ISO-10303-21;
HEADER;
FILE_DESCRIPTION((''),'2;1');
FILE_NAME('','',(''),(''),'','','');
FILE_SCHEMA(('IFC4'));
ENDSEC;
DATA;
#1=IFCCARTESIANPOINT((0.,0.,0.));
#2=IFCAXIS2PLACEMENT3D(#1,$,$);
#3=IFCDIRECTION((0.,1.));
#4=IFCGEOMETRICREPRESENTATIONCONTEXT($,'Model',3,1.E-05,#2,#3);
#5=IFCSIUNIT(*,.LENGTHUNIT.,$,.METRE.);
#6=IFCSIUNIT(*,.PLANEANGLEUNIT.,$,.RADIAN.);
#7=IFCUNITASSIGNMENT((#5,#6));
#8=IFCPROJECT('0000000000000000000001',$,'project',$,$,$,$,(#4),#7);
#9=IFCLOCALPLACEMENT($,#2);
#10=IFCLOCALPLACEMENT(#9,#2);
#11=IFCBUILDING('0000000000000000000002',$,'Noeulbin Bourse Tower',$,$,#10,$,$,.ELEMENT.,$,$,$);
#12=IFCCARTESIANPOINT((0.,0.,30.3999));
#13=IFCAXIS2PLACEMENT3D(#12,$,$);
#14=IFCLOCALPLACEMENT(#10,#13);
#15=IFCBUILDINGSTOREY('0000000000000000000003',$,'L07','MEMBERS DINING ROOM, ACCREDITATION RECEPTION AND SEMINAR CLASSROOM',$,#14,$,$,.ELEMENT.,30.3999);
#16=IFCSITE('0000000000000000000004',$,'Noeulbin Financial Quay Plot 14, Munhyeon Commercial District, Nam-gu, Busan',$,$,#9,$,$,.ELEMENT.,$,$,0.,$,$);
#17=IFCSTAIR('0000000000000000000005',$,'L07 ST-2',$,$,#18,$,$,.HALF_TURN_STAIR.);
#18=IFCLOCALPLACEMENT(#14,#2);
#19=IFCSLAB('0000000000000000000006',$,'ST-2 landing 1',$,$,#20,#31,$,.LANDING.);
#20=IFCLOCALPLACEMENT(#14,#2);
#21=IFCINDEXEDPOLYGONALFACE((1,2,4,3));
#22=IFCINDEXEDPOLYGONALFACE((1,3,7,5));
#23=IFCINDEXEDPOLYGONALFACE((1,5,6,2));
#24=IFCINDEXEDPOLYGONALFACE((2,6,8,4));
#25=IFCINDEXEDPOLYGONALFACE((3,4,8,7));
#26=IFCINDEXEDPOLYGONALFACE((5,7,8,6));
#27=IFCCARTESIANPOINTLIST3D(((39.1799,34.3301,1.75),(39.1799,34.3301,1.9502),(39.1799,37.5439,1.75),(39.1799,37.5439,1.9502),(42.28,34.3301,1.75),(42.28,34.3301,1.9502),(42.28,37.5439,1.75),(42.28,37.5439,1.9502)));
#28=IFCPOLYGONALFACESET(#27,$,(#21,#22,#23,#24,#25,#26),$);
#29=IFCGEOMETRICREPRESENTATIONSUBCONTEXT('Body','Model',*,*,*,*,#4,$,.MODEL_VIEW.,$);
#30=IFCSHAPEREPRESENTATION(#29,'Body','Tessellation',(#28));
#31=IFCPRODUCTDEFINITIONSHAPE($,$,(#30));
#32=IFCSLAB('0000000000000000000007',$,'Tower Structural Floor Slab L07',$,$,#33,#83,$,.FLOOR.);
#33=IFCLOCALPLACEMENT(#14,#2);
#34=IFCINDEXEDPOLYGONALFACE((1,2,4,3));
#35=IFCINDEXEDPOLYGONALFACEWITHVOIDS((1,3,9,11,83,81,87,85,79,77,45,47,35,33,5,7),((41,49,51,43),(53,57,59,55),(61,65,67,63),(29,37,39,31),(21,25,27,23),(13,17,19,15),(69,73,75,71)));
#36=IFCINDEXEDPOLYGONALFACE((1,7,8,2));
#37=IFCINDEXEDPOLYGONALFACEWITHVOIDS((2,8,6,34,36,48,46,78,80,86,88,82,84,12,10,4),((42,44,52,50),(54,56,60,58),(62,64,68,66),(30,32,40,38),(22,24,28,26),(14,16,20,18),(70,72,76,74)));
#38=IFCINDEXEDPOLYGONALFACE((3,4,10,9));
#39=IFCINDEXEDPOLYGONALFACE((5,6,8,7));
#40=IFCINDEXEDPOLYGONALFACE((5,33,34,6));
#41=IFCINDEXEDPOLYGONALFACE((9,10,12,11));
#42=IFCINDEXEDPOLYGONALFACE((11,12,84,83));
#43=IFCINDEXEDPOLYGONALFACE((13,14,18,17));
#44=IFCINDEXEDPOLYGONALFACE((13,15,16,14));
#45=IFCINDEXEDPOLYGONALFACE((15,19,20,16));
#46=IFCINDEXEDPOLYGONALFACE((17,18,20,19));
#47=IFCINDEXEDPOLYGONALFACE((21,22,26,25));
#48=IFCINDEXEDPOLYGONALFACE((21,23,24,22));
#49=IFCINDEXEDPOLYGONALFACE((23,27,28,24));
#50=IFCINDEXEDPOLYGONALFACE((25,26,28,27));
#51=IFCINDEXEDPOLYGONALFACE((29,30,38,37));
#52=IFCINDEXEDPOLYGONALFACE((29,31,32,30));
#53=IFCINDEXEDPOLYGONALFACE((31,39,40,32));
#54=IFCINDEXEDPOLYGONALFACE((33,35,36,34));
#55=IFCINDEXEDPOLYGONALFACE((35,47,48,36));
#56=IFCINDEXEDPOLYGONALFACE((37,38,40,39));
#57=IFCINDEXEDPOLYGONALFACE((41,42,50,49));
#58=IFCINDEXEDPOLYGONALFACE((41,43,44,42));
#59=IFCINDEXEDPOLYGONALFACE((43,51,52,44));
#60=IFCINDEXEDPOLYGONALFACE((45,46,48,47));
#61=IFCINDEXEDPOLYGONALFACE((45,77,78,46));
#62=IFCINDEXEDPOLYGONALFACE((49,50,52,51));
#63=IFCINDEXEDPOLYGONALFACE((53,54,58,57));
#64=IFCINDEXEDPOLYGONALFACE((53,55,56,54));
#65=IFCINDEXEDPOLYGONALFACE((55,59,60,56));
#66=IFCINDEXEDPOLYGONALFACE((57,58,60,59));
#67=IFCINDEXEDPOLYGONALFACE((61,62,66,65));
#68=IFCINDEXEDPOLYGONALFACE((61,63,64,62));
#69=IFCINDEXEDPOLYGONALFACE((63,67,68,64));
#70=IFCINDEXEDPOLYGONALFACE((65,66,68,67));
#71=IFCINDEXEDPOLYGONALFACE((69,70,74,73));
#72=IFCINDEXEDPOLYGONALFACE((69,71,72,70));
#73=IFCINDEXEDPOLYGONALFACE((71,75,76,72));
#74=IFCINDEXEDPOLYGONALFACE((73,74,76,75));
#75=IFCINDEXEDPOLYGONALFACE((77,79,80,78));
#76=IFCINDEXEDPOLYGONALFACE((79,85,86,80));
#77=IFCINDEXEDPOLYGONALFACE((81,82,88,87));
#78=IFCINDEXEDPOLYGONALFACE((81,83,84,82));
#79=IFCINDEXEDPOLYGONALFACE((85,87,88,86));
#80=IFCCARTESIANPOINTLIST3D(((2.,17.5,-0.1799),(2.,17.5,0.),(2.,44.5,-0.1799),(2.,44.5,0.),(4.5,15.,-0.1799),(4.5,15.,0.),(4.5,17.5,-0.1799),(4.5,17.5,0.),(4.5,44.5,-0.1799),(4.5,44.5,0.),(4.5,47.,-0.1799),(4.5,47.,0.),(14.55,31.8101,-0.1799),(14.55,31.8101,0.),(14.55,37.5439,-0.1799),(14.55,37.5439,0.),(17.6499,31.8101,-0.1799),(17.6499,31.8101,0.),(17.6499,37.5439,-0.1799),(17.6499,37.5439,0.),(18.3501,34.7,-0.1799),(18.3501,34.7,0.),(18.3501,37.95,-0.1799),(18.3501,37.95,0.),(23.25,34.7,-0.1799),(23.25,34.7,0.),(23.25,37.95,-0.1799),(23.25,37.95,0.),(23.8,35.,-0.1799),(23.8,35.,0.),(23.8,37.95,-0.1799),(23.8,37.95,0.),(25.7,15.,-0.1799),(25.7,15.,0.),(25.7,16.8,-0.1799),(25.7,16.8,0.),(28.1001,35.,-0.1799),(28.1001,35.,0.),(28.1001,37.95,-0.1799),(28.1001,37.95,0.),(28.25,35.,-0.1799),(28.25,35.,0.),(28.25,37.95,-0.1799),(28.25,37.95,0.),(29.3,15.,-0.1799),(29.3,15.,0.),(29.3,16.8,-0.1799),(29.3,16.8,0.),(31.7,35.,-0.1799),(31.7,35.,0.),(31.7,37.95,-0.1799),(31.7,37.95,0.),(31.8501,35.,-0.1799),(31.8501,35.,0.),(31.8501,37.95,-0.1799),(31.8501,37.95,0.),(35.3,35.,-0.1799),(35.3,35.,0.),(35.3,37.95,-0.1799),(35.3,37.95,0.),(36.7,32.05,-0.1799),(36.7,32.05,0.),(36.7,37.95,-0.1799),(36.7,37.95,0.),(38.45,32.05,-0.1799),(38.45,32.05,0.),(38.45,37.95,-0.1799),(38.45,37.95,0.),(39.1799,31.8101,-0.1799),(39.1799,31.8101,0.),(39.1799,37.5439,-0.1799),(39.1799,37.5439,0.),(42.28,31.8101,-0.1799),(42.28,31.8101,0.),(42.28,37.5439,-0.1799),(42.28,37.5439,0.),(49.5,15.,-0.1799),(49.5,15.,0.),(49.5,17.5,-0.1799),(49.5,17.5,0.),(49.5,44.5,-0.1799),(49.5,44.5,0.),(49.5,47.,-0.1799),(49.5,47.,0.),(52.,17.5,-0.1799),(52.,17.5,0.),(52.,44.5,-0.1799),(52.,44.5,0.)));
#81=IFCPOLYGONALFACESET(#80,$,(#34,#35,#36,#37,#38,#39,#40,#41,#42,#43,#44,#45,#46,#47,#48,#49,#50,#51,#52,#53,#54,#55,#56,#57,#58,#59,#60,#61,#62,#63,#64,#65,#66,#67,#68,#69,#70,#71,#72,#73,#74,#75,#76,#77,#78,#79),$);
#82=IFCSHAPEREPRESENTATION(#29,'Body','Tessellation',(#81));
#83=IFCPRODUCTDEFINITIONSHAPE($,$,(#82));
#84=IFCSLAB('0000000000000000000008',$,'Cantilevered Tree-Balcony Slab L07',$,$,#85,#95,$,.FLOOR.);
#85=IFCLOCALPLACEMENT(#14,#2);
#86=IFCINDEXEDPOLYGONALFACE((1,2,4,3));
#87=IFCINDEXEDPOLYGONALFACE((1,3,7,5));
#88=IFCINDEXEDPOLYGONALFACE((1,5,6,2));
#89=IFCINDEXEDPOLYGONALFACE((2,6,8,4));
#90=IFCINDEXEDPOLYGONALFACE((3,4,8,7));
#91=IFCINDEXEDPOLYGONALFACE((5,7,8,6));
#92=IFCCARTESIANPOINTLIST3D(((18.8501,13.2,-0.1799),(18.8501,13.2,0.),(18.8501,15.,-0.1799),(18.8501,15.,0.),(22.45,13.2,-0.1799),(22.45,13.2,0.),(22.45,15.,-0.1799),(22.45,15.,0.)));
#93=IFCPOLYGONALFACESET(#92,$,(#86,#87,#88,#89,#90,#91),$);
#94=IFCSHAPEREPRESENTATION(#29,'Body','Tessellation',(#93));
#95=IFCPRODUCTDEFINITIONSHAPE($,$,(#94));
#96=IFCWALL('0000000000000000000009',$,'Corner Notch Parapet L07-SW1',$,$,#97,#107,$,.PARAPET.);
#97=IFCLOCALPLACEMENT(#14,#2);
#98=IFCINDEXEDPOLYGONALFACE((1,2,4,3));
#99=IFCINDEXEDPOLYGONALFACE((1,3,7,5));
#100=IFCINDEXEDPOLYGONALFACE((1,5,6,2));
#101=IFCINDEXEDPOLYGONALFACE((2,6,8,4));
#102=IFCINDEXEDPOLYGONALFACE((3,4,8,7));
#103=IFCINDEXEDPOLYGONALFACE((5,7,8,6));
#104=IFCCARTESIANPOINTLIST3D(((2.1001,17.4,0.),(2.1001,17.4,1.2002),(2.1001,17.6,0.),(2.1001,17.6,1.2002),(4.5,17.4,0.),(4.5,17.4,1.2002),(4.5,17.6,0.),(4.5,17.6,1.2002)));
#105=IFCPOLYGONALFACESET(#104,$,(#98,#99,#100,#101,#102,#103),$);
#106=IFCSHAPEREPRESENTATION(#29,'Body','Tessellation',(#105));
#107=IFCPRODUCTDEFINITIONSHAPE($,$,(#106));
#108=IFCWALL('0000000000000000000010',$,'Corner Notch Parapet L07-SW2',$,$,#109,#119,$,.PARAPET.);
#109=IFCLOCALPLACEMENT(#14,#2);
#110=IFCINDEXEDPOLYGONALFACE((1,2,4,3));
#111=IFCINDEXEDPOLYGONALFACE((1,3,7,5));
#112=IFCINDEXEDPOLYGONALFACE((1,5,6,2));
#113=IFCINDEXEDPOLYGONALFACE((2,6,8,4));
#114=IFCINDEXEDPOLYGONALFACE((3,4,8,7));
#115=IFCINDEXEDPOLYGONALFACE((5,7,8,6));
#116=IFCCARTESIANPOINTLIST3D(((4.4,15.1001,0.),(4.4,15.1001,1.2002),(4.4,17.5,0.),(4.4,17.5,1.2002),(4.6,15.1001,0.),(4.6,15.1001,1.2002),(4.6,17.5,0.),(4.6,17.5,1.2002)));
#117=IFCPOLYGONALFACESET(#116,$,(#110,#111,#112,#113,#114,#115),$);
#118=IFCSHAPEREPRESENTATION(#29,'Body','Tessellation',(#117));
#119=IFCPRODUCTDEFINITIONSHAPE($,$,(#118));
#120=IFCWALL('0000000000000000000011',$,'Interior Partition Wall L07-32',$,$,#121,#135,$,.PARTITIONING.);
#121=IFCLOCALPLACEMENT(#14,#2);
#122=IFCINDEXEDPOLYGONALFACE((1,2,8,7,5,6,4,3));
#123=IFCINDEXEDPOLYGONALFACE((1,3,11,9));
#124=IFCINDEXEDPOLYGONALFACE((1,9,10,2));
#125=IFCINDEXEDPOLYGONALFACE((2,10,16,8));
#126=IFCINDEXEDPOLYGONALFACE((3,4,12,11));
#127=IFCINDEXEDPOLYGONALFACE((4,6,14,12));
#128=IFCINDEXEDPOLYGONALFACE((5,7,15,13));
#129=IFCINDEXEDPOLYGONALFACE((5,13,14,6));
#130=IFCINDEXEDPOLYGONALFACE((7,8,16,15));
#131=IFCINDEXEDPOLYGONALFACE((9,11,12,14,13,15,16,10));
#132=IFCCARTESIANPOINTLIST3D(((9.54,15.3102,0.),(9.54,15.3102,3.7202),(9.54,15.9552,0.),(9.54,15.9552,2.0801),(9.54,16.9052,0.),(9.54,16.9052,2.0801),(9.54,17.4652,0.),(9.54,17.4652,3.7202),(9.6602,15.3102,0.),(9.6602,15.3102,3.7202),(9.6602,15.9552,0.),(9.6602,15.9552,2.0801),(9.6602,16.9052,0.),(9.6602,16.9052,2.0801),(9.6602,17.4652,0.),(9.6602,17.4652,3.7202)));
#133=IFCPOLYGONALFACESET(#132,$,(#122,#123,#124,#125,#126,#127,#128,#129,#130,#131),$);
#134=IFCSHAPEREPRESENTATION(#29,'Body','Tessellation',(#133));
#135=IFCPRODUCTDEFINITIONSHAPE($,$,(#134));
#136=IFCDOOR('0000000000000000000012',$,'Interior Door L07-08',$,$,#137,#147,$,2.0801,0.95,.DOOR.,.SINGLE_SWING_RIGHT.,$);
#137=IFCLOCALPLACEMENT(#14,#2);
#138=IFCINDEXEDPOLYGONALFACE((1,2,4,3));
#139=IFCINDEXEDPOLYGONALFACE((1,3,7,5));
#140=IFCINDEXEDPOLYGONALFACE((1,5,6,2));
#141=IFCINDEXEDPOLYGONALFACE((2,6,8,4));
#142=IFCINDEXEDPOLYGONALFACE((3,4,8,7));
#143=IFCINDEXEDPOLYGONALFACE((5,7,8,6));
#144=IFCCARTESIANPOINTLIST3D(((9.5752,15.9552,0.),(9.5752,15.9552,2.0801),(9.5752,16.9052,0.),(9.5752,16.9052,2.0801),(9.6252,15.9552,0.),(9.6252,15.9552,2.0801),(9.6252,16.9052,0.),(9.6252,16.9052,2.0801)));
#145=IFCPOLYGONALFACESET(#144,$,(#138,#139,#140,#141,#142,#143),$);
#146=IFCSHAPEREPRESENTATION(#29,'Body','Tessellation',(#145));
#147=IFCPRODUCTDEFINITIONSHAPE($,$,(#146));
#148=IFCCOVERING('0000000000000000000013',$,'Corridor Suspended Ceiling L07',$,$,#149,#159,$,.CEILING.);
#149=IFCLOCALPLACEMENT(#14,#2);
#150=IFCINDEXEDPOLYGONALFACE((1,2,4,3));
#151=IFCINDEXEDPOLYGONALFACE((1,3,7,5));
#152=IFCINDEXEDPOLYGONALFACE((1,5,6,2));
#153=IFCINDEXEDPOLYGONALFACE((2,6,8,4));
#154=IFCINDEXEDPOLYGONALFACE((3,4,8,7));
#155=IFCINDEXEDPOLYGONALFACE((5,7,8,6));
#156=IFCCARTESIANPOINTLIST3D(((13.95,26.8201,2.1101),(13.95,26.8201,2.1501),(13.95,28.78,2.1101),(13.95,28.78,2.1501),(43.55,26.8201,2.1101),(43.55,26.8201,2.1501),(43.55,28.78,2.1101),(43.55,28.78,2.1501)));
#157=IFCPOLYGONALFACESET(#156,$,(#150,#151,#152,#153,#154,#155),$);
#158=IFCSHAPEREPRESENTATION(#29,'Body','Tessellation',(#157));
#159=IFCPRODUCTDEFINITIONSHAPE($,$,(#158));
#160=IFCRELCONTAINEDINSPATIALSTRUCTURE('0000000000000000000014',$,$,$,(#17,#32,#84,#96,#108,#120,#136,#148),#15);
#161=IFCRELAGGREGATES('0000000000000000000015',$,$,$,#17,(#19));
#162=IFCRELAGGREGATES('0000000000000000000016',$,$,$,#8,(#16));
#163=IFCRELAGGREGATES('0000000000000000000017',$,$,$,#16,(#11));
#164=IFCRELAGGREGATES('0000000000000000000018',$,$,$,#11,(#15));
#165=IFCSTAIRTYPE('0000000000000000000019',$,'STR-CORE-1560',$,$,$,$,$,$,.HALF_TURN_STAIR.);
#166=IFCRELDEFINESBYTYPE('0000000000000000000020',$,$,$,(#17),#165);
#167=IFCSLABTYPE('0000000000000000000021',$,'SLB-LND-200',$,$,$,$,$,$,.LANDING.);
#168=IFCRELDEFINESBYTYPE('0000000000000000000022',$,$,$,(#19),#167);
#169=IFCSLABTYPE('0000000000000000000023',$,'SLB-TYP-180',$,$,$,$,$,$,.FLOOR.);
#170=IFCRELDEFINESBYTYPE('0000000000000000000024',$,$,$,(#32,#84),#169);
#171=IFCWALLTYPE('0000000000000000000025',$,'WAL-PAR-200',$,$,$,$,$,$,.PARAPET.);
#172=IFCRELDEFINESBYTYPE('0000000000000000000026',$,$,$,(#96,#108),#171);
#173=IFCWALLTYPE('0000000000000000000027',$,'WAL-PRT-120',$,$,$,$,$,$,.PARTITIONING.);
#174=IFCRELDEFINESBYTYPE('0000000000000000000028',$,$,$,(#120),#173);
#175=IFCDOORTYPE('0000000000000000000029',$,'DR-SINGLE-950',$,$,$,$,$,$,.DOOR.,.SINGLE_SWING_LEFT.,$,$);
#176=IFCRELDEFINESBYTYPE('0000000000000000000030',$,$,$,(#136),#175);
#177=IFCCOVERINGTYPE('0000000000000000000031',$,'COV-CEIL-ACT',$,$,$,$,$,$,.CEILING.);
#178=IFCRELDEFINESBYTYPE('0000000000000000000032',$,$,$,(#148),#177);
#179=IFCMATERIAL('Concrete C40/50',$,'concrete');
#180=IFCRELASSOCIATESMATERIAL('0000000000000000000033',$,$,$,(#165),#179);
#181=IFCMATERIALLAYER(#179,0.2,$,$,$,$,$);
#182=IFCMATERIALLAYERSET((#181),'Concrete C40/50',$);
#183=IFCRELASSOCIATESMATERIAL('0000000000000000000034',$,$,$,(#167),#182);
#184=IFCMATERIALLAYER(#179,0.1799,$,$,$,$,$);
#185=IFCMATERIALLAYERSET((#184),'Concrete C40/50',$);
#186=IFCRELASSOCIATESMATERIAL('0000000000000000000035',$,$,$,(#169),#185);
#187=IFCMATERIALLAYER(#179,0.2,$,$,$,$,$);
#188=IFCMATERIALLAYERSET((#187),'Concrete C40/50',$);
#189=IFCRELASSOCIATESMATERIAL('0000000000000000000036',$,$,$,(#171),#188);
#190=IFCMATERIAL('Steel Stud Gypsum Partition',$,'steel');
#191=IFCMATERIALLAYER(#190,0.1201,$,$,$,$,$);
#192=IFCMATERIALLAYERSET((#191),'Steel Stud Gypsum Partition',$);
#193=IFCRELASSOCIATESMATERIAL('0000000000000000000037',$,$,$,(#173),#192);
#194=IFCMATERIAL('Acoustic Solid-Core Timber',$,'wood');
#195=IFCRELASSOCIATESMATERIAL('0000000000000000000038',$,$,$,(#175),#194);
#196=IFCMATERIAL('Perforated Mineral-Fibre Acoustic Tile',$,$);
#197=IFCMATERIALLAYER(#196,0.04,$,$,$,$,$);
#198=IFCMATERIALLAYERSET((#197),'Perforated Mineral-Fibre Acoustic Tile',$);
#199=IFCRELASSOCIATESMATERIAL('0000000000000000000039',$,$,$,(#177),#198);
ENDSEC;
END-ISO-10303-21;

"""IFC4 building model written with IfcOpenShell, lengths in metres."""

from ifc_helpers import new_model, si_unit, direction, frame, frame_2d, origin, place, context, subcontext, project, spatial, polyline, rectangle, outline, extrude, material, layer, layer_set, type_object, element, fill, aggregate, save


model = new_model("IFC4")

# Units and contexts
model_context = context("Model", 3, precision=1e-05, world=origin(), true_north=direction((0.0, 1.0)))
body_context = subcontext(model_context, "Body", "Model", "MODEL_VIEW")
ifc_project = project(units=[si_unit("LENGTHUNIT", "METRE"), si_unit("PLANEANGLEUNIT", "RADIAN")], contexts=[model_context])

# Site, building, storey
site_placement = place(None, origin())
site = spatial("IfcSite", under=ifc_project, at=site_placement, Name="Noeulbin Financial Quay Plot 14, Munhyeon Commercial District, Nam-gu, Busan", CompositionType="ELEMENT", RefElevation=0.0)
building_placement = place(site_placement, origin())
building = spatial("IfcBuilding", under=site, at=building_placement, Name="Noeulbin Bourse Tower", CompositionType="ELEMENT")
storey_placement = place(building_placement, frame((0.0, 0.0, 30.3999)))
storey = spatial("IfcBuildingStorey", under=building, at=storey_placement, Name="L07", Description="MEMBERS DINING ROOM, ACCREDITATION RECEPTION AND SEMINAR CLASSROOM", CompositionType="ELEMENT", Elevation=30.3999)

# Stair, slab
ifc_material_1 = material(Name="Concrete C40/50", Category="concrete")
stair_type = type_object("IfcStairType", Name="STR-CORE-1560", PredefinedType="HALF_TURN_STAIR", material=ifc_material_1)
ifc_layer_1 = layer(ifc_material_1, 0.2)
ifc_layer_set_1 = layer_set([ifc_layer_1], Name="Concrete C40/50")
slab_type_1 = type_object("IfcSlabType", Name="SLB-LND-200", PredefinedType="LANDING", material=ifc_layer_set_1)
stair_1_placement = place(storey_placement, origin())
stair_1 = element("IfcStair", 1, at=stair_1_placement, inside=storey, type_object=stair_type, Name="L07 ST-2", PredefinedType="HALF_TURN_STAIR")
slab_1_placement = place(storey_placement, frame((0.0, 0.0, 1.75)))
slab_1 = element("IfcSlab", 2, at=slab_1_placement, type_object=slab_type_1, Name="ST-2 landing 1", PredefinedType="LANDING", context=body_context, shape_type="SweptSolid", body=[
    extrude(outline(polyline([(42.28, 34.3301), (42.28, 37.5439), (39.1799, 37.5439), (39.1799, 34.3301), (42.28, 34.3301)])), origin(), (0.0, 0.0, 1.0), 0.2002),
])
aggregate(stair_1, [slab_1])

# Slab, openings
ifc_layer_2 = layer(ifc_material_1, 0.1799)
ifc_layer_set_2 = layer_set([ifc_layer_2], Name="Concrete C40/50")
slab_type_2 = type_object("IfcSlabType", Name="SLB-TYP-180", PredefinedType="FLOOR", material=ifc_layer_set_2)
slab_2_placement = place(storey_placement, frame((0.0, 0.0, -0.1799)))
slab_2 = element("IfcSlab", 3, at=slab_2_placement, inside=storey, type_object=slab_type_2, Name="Tower Structural Floor Slab L07", PredefinedType="FLOOR", context=body_context, shape_type="SweptSolid", body=[
    extrude(outline(polyline([(4.5, 15.0), (25.7, 15.0), (25.7, 16.8), (29.3, 16.8), (29.3, 15.0), (49.5, 15.0), (49.5, 17.5), (52.0, 17.5), (52.0, 44.5), (49.5, 44.5), (49.5, 47.0), (4.5, 47.0), (4.5, 44.5), (2.0, 44.5), (2.0, 17.5), (4.5, 17.5), (4.5, 15.0)]), holes=[polyline([(17.6499, 31.8101), (17.6499, 37.5439), (14.55, 37.5439), (14.55, 31.8101), (17.6499, 31.8101)]), polyline([(42.28, 31.8101), (42.28, 37.5439), (39.1799, 37.5439), (39.1799, 31.8101), (42.28, 31.8101)]), polyline([(18.3501, 34.7), (23.25, 34.7), (23.25, 37.95), (18.3501, 37.95), (18.3501, 34.7)]), polyline([(36.7, 32.05), (38.45, 32.05), (38.45, 37.95), (36.7, 37.95), (36.7, 32.05)]), polyline([(23.8, 35.0), (28.1001, 35.0), (28.1001, 37.95), (23.8, 37.95), (23.8, 35.0)]), polyline([(28.25, 35.0), (31.7, 35.0), (31.7, 37.95), (28.25, 37.95), (28.25, 35.0)]), polyline([(31.8501, 35.0), (35.3, 35.0), (35.3, 37.95), (31.8501, 37.95), (31.8501, 35.0)])]), origin(), (0.0, 0.0, 1.0), 0.1799),
])
opening_1_placement = place(slab_2_placement, frame((0.0, 0.0, -0.01)))
element("IfcOpeningElement", 4, at=opening_1_placement, cuts=slab_2, PredefinedType="OPENING", context=body_context, shape_type="SweptSolid", body=[
    extrude(outline(polyline([(17.6499, 31.8101), (17.6499, 37.5439), (14.55, 37.5439), (14.55, 31.8101), (17.6499, 31.8101)])), origin(), (0.0, 0.0, 1.0), 0.2),
])
opening_2_placement = place(slab_2_placement, frame((0.0, 0.0, -0.01)))
element("IfcOpeningElement", 5, at=opening_2_placement, cuts=slab_2, PredefinedType="OPENING", context=body_context, shape_type="SweptSolid", body=[
    extrude(outline(polyline([(42.28, 31.8101), (42.28, 37.5439), (39.1799, 37.5439), (39.1799, 31.8101), (42.28, 31.8101)])), origin(), (0.0, 0.0, 1.0), 0.2),
])
opening_3_placement = place(slab_2_placement, frame((0.0, 0.0, -0.01)))
element("IfcOpeningElement", 6, at=opening_3_placement, cuts=slab_2, PredefinedType="OPENING", context=body_context, shape_type="SweptSolid", body=[
    extrude(outline(polyline([(18.3501, 34.7), (23.25, 34.7), (23.25, 37.95), (18.3501, 37.95), (18.3501, 34.7)])), origin(), (0.0, 0.0, 1.0), 0.2),
])
opening_4_placement = place(slab_2_placement, frame((0.0, 0.0, -0.01)))
element("IfcOpeningElement", 7, at=opening_4_placement, cuts=slab_2, PredefinedType="OPENING", context=body_context, shape_type="SweptSolid", body=[
    extrude(outline(polyline([(36.7, 32.05), (38.45, 32.05), (38.45, 37.95), (36.7, 37.95), (36.7, 32.05)])), origin(), (0.0, 0.0, 1.0), 0.2),
])
opening_5_placement = place(slab_2_placement, frame((0.0, 0.0, -0.01)))
element("IfcOpeningElement", 8, at=opening_5_placement, cuts=slab_2, PredefinedType="OPENING", context=body_context, shape_type="SweptSolid", body=[
    extrude(outline(polyline([(23.8, 35.0), (28.1001, 35.0), (28.1001, 37.95), (23.8, 37.95), (23.8, 35.0)])), origin(), (0.0, 0.0, 1.0), 0.2),
])
opening_6_placement = place(slab_2_placement, frame((0.0, 0.0, -0.01)))
element("IfcOpeningElement", 9, at=opening_6_placement, cuts=slab_2, PredefinedType="OPENING", context=body_context, shape_type="SweptSolid", body=[
    extrude(outline(polyline([(28.25, 35.0), (31.7, 35.0), (31.7, 37.95), (28.25, 37.95), (28.25, 35.0)])), origin(), (0.0, 0.0, 1.0), 0.2),
])
opening_7_placement = place(slab_2_placement, frame((0.0, 0.0, -0.01)))
element("IfcOpeningElement", 10, at=opening_7_placement, cuts=slab_2, PredefinedType="OPENING", context=body_context, shape_type="SweptSolid", body=[
    extrude(outline(polyline([(31.8501, 35.0), (35.3, 35.0), (35.3, 37.95), (31.8501, 37.95), (31.8501, 35.0)])), origin(), (0.0, 0.0, 1.0), 0.2),
])

# Slab
slab_3_placement = place(storey_placement, frame((0.0, 0.0, -0.1799)))
element("IfcSlab", 11, at=slab_3_placement, inside=storey, type_object=slab_type_2, Name="Cantilevered Tree-Balcony Slab L07", PredefinedType="FLOOR", context=body_context, shape_type="SweptSolid", body=[
    extrude(outline(polyline([(18.8501, 13.2), (22.45, 13.2), (22.45, 15.0), (18.8501, 15.0), (18.8501, 13.2)])), origin(), (0.0, 0.0, 1.0), 0.1799),
])

# Walls
ifc_layer_3 = layer(ifc_material_1, 0.2)
ifc_layer_set_3 = layer_set([ifc_layer_3], Name="Concrete C40/50")
wall_type_1 = type_object("IfcWallType", Name="WAL-PAR-200", PredefinedType="PARAPET", material=ifc_layer_set_3)
for number, where, z_axis, x_axis, name in (
    (12, (2.1001, 17.5, 0.0), (0.0, 0.0, 1.0), (1.0, 0.0, 0.0), "Corner Notch Parapet L07-SW1"),
    (13, (4.5, 17.5, 0.0), (0.0, 0.0, 1.0), (0.0, -1.0, 0.0), "Corner Notch Parapet L07-SW2"),
):
    element("IfcWall", number, at=place(storey_placement, frame(where, z_axis=z_axis, x_axis=x_axis)), inside=storey, type_object=wall_type_1, Name=name, PredefinedType="PARAPET", context=body_context, shape_type="SweptSolid", body=[
        extrude(rectangle(XDim=2.3999, YDim=0.2, at=frame_2d((1.2, 0.0))), origin(), (0.0, 0.0, 1.0), 1.2002),
    ])

# Wall, opening, door
ifc_material_2 = material(Name="Steel Stud Gypsum Partition", Category="steel")
ifc_layer_4 = layer(ifc_material_2, 0.1201)
ifc_layer_set_4 = layer_set([ifc_layer_4], Name="Steel Stud Gypsum Partition")
wall_type_2 = type_object("IfcWallType", Name="WAL-PRT-120", PredefinedType="PARTITIONING", material=ifc_layer_set_4)
wall_placement = place(storey_placement, frame((9.6001, 15.3101, 0.0), z_axis=(0.0, 0.0, 1.0), x_axis=(0.0, 1.0, 0.0)))
wall = element("IfcWall", 14, at=wall_placement, inside=storey, type_object=wall_type_2, Name="Interior Partition Wall L07-32", PredefinedType="PARTITIONING", context=body_context, shape_type="SweptSolid", body=[
    extrude(rectangle(XDim=2.155, YDim=0.1201, at=frame_2d((1.0776, 0.0))), origin(), (0.0, 0.0, 1.0), 3.7202),
])
opening_8_placement = place(wall_placement, frame((0.645, 0.0, 0.0)))
opening_8 = element("IfcOpeningElement", 15, at=opening_8_placement, cuts=wall, PredefinedType="OPENING", context=body_context, shape_type="SweptSolid", body=[
    extrude(rectangle(XDim=0.95, YDim=2.0801, at=frame_2d((0.4751, 1.04))), frame((0.0, 0.0701, 0.0), z_axis=(0.0, -1.0, 0.0), x_axis=(1.0, 0.0, 0.0)), (0.0, 0.0, 1.0), 0.1401),
])
ifc_material_3 = material(Name="Acoustic Solid-Core Timber", Category="wood")
door_type = type_object("IfcDoorType", Name="DR-SINGLE-950", OperationType="SINGLE_SWING_LEFT", PredefinedType="DOOR", material=ifc_material_3)
door_placement = place(opening_8_placement, origin())
door = element("IfcDoor", 16, at=door_placement, inside=storey, type_object=door_type, Name="Interior Door L07-08", OperationType="SINGLE_SWING_RIGHT", OverallHeight=2.0801, OverallWidth=0.95, PredefinedType="DOOR", context=body_context, shape_type="SweptSolid", body=[
    extrude(rectangle(XDim=0.95, YDim=2.0801, at=frame_2d((0.4751, 1.04))), frame((0.0, 0.0249, 0.0), z_axis=(0.0, -1.0, 0.0), x_axis=(1.0, 0.0, 0.0)), (0.0, 0.0, 1.0), 0.05),
])
fill(opening_8, door)

# Covering
ifc_material_4 = material(Name="Perforated Mineral-Fibre Acoustic Tile")
ifc_layer_5 = layer(ifc_material_4, 0.04)
ifc_layer_set_5 = layer_set([ifc_layer_5], Name="Perforated Mineral-Fibre Acoustic Tile")
covering_type = type_object("IfcCoveringType", Name="COV-CEIL-ACT", PredefinedType="CEILING", material=ifc_layer_set_5)
covering_1_placement = place(storey_placement, frame((0.0, 0.0, 2.1101)))
element("IfcCovering", 17, at=covering_1_placement, inside=storey, type_object=covering_type, Name="Corridor Suspended Ceiling L07", PredefinedType="CEILING", context=body_context, shape_type="SweptSolid", body=[
    extrude(outline(polyline([(13.95, 26.8201), (43.55, 26.8201), (43.55, 28.78), (13.95, 28.78), (13.95, 26.8201)])), origin(), (0.0, 0.0, 1.0), 0.04),
])

save(model, "model.ifc")
